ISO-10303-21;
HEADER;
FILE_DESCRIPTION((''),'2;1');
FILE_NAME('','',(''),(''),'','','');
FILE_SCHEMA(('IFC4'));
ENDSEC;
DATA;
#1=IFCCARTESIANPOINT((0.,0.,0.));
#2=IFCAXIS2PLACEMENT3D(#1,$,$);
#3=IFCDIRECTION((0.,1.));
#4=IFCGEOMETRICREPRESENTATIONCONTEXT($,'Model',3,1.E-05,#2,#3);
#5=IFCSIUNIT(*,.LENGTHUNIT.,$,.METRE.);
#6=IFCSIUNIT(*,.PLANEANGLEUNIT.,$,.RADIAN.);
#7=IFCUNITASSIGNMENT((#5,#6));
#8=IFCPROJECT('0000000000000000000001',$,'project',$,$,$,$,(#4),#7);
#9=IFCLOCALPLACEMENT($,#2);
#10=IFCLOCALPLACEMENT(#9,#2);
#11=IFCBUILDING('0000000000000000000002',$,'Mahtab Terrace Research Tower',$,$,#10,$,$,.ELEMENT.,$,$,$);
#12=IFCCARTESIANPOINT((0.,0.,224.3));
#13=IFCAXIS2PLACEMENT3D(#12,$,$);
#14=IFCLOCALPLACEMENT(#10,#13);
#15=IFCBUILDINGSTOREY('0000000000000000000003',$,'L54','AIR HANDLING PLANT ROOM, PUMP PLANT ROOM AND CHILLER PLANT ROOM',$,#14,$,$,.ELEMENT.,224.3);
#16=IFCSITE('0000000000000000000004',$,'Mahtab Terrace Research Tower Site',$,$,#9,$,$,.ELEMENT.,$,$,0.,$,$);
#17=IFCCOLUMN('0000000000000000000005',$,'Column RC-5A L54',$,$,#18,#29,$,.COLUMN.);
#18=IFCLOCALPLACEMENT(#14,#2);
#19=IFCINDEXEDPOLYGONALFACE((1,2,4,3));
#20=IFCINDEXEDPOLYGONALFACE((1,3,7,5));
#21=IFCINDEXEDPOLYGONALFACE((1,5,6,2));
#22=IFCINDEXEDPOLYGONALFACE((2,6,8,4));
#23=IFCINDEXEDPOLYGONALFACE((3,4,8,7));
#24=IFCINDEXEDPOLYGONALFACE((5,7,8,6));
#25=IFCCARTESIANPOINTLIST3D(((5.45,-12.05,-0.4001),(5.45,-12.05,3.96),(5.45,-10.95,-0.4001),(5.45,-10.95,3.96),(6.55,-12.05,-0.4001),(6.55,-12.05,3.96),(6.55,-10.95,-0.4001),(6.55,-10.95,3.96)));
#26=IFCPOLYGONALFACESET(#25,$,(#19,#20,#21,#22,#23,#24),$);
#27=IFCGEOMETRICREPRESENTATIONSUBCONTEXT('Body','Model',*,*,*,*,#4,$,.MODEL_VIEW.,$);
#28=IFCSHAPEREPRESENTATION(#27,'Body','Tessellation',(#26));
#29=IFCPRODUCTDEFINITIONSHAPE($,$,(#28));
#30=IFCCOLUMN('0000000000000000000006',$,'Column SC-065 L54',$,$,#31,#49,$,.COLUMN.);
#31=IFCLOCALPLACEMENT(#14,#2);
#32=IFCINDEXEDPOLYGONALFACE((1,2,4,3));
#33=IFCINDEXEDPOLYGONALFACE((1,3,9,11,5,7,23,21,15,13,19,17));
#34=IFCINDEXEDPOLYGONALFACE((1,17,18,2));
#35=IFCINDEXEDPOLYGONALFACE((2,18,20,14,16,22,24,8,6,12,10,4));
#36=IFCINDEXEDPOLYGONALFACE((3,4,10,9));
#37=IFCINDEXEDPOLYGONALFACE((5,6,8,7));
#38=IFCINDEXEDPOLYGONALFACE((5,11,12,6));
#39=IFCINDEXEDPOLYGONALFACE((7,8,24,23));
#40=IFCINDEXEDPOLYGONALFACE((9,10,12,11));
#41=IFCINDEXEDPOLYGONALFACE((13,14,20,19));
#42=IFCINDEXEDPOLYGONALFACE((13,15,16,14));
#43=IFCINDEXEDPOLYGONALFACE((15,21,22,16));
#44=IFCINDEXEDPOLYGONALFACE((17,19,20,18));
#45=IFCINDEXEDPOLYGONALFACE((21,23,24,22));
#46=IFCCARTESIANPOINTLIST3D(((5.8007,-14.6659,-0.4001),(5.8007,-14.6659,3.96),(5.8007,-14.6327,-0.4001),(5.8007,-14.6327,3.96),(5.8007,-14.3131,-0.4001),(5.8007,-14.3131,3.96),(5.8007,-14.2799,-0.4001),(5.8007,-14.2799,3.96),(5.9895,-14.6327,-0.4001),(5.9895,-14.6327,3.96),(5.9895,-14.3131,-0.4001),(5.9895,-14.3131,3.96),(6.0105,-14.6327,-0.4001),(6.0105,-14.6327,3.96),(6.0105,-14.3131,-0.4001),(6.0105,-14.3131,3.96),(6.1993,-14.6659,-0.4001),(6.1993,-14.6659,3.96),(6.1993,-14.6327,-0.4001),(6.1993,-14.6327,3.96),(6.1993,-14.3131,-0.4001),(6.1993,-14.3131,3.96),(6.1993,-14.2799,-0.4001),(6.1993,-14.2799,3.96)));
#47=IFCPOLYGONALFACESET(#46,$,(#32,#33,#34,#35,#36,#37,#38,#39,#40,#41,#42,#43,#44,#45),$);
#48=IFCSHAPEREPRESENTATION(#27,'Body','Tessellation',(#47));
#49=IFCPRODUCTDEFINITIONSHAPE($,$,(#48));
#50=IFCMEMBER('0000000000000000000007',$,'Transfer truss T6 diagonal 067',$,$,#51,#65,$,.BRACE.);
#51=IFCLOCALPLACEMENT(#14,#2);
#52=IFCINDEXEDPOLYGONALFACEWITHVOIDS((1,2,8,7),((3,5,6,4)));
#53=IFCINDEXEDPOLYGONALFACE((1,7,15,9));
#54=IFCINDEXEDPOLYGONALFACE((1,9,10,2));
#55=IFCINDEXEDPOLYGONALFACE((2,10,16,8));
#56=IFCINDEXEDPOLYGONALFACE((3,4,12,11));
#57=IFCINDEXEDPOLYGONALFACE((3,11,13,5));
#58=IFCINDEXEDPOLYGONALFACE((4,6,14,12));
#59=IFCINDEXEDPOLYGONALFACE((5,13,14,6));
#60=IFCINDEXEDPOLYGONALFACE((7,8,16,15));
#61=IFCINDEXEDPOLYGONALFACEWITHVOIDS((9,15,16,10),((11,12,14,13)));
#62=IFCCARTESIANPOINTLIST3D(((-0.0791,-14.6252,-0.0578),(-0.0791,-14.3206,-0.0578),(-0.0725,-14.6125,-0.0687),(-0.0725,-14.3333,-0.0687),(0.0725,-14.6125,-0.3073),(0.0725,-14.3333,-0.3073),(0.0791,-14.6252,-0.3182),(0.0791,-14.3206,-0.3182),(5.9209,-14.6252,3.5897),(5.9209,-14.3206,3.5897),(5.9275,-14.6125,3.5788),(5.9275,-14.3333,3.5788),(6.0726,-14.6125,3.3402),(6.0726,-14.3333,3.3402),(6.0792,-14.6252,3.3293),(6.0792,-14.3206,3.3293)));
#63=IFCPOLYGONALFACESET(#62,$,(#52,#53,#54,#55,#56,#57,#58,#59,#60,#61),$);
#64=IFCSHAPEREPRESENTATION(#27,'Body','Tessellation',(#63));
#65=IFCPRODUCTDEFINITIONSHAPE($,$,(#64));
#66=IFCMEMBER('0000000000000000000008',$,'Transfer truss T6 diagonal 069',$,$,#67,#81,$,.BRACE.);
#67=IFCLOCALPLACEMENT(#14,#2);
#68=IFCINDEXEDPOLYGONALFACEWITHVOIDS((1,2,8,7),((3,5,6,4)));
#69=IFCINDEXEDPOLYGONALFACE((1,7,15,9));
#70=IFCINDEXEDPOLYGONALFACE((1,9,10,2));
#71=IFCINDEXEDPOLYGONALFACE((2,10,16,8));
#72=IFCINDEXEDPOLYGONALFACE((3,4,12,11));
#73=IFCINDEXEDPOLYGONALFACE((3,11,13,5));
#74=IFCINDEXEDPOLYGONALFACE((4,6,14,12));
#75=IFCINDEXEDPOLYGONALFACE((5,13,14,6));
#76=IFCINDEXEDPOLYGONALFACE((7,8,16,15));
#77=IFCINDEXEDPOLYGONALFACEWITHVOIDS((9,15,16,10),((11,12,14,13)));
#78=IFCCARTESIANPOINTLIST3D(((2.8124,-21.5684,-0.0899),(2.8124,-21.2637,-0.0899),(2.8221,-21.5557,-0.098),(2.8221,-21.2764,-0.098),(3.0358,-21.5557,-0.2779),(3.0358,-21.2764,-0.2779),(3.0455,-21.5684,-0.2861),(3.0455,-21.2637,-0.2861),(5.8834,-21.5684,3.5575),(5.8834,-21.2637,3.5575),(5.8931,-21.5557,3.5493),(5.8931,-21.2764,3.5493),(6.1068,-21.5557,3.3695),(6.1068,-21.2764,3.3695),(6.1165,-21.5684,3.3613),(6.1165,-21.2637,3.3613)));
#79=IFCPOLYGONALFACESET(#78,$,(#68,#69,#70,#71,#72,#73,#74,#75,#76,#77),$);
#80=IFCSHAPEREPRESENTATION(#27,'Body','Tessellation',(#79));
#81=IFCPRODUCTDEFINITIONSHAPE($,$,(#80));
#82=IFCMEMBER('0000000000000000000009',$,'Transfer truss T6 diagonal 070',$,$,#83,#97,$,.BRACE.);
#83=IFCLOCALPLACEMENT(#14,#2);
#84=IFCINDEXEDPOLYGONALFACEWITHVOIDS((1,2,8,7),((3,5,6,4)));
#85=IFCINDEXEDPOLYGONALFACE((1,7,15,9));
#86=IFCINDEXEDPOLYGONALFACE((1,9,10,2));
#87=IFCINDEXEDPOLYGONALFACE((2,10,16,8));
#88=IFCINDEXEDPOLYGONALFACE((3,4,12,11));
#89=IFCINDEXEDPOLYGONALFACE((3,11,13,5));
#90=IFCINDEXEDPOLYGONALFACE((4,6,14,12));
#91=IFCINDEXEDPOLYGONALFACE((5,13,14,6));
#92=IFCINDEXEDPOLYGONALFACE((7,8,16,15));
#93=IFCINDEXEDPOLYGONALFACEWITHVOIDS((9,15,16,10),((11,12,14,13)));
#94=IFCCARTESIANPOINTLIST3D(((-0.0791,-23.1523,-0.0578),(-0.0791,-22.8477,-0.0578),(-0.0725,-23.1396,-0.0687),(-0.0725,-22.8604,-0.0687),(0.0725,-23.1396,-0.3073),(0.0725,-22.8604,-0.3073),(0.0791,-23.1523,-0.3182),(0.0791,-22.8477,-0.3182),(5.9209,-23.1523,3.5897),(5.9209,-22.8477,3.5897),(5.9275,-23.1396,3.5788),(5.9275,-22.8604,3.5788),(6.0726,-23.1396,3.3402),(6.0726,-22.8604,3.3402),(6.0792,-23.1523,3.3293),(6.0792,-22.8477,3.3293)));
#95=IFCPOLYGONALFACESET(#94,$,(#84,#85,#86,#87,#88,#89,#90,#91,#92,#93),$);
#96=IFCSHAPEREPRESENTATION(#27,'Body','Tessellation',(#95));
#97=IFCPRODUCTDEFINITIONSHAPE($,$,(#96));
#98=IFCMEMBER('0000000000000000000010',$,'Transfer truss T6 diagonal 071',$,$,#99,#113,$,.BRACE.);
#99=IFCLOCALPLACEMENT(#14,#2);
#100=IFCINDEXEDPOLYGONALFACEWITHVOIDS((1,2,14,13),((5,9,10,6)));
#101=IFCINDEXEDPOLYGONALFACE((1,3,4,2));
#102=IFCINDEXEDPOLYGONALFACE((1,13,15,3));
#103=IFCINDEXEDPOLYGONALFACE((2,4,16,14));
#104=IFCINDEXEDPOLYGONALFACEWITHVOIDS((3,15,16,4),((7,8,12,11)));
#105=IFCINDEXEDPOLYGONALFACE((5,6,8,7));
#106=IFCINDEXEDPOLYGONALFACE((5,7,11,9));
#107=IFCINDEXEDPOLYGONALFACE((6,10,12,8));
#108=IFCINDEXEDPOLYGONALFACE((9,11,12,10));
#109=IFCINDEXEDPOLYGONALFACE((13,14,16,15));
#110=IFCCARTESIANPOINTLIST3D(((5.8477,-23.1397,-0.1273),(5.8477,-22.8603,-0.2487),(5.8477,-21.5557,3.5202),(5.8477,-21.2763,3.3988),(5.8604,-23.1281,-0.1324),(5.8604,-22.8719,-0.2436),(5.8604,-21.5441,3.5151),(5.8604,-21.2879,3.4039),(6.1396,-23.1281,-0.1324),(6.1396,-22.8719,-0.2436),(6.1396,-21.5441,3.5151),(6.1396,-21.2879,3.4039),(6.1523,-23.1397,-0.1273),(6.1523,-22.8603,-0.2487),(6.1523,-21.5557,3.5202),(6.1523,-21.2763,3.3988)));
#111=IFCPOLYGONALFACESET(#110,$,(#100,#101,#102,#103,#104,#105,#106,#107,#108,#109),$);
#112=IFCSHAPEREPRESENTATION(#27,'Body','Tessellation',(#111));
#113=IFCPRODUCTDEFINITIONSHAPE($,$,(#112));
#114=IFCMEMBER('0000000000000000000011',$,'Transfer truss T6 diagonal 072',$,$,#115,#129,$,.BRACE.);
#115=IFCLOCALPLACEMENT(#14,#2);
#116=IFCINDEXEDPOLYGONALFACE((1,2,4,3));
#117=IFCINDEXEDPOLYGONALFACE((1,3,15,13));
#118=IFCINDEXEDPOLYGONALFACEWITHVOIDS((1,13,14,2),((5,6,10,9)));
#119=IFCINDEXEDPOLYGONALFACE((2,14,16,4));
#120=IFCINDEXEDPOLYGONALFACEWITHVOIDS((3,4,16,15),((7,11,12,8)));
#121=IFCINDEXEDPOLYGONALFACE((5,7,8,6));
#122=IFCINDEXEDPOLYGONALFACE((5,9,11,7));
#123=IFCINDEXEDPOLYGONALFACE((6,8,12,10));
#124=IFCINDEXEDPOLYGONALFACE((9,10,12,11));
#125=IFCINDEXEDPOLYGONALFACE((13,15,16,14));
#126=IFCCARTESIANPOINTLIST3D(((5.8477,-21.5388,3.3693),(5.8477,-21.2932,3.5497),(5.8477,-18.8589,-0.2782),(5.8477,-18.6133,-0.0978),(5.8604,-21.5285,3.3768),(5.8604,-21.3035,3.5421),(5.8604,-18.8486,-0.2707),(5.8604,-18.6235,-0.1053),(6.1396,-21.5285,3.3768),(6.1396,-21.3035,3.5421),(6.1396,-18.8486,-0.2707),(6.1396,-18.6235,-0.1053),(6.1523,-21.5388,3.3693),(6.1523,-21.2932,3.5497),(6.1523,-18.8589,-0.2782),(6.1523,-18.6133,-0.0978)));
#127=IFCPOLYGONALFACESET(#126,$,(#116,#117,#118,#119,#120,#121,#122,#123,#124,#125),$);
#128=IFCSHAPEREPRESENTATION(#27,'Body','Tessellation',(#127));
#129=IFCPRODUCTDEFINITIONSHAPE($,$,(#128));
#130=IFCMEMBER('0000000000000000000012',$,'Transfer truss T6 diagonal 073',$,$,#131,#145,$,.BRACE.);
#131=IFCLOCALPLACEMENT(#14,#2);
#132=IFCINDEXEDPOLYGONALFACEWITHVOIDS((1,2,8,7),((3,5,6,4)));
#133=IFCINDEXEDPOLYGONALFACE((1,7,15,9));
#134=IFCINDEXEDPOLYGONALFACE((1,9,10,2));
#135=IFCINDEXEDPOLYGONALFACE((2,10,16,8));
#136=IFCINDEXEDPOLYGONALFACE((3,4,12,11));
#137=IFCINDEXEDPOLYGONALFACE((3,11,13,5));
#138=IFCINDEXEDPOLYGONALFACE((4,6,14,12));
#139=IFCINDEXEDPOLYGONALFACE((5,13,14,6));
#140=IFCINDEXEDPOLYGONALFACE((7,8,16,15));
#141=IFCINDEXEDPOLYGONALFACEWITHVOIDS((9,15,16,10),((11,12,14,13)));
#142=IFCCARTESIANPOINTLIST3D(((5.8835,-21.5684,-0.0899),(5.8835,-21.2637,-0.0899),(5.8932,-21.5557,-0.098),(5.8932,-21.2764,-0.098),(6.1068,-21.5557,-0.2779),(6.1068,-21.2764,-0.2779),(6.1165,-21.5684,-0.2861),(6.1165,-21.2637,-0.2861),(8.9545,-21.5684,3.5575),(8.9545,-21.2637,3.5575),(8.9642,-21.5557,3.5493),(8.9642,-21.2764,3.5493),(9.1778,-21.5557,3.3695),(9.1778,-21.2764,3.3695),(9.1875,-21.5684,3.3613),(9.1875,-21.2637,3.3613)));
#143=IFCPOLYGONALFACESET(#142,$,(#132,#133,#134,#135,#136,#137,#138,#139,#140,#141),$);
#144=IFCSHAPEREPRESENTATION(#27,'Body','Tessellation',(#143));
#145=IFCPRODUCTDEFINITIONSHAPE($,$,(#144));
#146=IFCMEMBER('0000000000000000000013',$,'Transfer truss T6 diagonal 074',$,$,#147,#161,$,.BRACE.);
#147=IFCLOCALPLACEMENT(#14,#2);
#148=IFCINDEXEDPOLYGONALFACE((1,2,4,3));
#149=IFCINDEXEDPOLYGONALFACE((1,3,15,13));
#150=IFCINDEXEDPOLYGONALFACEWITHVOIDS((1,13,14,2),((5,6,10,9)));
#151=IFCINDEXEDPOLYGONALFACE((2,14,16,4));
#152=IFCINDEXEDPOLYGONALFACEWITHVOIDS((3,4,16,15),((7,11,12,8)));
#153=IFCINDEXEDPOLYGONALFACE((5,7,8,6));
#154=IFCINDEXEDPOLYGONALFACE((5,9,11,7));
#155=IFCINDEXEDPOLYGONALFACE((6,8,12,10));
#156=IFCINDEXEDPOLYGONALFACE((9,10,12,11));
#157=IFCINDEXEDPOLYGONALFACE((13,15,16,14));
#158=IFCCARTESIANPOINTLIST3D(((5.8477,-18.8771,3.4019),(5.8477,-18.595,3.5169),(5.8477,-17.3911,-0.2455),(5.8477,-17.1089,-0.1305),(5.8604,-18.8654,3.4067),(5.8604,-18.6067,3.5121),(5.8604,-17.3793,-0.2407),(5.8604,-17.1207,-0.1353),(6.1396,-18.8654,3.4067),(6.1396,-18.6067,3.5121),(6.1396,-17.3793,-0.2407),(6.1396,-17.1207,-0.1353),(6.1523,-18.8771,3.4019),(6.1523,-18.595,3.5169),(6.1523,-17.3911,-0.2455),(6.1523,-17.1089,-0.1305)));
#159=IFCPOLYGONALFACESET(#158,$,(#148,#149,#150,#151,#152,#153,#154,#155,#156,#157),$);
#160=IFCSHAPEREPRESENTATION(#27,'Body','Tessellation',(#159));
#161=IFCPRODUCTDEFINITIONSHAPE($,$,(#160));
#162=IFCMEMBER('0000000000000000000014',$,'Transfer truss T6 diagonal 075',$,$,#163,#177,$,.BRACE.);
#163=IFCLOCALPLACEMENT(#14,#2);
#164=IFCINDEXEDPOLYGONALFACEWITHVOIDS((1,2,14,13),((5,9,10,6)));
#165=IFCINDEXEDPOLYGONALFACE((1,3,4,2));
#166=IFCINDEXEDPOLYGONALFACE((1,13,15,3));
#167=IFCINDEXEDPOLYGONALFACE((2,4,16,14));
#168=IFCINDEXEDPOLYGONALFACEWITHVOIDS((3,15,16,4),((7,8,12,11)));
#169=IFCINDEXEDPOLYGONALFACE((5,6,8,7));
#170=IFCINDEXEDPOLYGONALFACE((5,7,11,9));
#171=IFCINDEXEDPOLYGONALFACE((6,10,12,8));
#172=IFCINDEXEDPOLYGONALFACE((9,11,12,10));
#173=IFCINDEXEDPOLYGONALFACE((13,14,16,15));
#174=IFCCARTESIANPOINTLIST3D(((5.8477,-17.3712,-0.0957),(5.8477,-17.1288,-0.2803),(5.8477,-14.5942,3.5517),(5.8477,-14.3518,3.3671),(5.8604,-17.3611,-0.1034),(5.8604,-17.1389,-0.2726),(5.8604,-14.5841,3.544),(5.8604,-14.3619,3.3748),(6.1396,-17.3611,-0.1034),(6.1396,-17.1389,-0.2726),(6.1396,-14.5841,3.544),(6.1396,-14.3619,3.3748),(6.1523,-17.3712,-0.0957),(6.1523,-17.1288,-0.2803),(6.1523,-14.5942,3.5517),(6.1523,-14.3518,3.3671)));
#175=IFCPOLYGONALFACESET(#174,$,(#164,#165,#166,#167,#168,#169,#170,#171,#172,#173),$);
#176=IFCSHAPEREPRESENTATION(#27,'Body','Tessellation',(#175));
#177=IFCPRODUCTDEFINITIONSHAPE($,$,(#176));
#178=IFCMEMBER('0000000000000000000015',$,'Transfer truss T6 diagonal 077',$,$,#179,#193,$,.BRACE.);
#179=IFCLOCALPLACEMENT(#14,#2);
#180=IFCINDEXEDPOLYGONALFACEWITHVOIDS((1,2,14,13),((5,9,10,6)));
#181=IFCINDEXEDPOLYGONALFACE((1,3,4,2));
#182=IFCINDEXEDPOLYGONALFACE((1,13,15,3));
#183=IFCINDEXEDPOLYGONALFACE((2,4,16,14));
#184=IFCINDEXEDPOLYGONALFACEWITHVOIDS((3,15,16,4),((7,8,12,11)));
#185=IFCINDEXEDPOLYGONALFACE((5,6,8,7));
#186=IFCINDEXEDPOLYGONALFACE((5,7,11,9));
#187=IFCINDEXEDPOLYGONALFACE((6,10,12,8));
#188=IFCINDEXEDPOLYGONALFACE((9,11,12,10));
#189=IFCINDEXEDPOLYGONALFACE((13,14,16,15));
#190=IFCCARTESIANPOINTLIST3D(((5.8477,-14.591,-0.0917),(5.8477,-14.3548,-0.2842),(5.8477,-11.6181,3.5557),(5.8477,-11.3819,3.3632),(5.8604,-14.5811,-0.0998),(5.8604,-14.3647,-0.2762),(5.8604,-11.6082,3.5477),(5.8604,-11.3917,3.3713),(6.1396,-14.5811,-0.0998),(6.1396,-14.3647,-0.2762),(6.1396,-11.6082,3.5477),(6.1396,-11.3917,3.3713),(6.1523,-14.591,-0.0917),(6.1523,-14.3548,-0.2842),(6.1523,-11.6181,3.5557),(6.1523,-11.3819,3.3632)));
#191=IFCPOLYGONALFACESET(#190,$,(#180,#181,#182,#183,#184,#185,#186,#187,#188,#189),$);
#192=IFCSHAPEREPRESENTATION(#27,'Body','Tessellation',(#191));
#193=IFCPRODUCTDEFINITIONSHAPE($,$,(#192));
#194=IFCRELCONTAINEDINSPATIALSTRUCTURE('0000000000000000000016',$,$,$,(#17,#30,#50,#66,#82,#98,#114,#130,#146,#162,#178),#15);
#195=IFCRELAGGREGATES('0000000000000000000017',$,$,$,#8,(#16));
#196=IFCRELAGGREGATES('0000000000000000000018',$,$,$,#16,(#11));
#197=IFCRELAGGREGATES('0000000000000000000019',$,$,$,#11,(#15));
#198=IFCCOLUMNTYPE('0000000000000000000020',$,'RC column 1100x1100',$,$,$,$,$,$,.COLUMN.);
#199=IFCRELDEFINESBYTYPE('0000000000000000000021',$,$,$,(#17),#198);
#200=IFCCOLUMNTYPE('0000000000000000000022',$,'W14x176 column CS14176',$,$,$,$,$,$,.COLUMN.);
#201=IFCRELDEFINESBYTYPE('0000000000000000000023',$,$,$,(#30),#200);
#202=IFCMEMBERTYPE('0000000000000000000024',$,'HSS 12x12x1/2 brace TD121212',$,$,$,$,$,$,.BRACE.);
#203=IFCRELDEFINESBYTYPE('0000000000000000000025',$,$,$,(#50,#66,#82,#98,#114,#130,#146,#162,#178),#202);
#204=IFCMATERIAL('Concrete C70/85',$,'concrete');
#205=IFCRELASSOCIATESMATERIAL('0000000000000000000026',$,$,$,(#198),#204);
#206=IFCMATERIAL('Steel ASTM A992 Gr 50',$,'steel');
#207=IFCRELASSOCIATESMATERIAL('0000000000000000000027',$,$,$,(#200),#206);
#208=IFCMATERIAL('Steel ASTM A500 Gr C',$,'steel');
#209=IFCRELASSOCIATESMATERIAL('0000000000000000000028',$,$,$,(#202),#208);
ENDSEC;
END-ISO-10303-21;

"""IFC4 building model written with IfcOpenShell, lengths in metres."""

from ifc_helpers import new_model, si_unit, direction, frame, origin, origin_2d, place, context, subcontext, project, spatial, rectangle, hollow_rectangle, i_section, extrude, material, material_profile, profile_set, type_object, element, save


model = new_model("IFC4")

# Units and contexts
model_context = context("Model", 3, precision=1e-05, world=origin(), true_north=direction((0.0, 1.0)))
body_context = subcontext(model_context, "Body", "Model", "MODEL_VIEW")
ifc_project = project(units=[si_unit("LENGTHUNIT", "METRE"), si_unit("PLANEANGLEUNIT", "RADIAN")], contexts=[model_context])

# Site, building, storey
site_placement = place(None, origin())
site = spatial("IfcSite", under=ifc_project, at=site_placement, Name="Mahtab Terrace Research Tower Site", CompositionType="ELEMENT", RefElevation=0.0)
building_placement = place(site_placement, origin())
building = spatial("IfcBuilding", under=site, at=building_placement, Name="Mahtab Terrace Research Tower", CompositionType="ELEMENT")
storey_placement = place(building_placement, frame((0.0, 0.0, 224.3)))
storey = spatial("IfcBuildingStorey", under=building, at=storey_placement, Name="L54", Description="AIR HANDLING PLANT ROOM, PUMP PLANT ROOM AND CHILLER PLANT ROOM", CompositionType="ELEMENT", Elevation=224.3)

# Columns
ifc_material_1 = material(Name="Concrete C70/85", Category="concrete")
ifc_material_profile_1 = material_profile(ifc_material_1, rectangle(XDim=1.1001, YDim=1.1001, at=origin_2d()), Name="RC column 1100x1100")
ifc_profile_set_1 = profile_set([ifc_material_profile_1], Name="Concrete C70/85")
column_type_1 = type_object("IfcColumnType", Name="RC column 1100x1100", PredefinedType="COLUMN", material=ifc_profile_set_1)
column_1_placement = place(storey_placement, frame((6.0, -11.5, -0.4001), z_axis=(0.0, 0.0, 1.0), x_axis=(1.0, 0.0, 0.0)))
element("IfcColumn", 1, at=column_1_placement, inside=storey, type_object=column_type_1, Name="Column RC-5A L54", PredefinedType="COLUMN", context=body_context, shape_type="SweptSolid", body=[
    extrude(rectangle(XDim=1.1001, YDim=1.1001, at=origin_2d()), origin(), (0.0, 0.0, 1.0), 4.3601),
])
ifc_material_2 = material(Name="Steel ASTM A992 Gr 50", Category="steel")
ifc_material_profile_2 = material_profile(ifc_material_2, i_section(OverallWidth=0.3987, OverallDepth=0.386, WebThickness=0.021, FlangeThickness=0.0332, at=origin_2d()), Name="W14X176")
ifc_profile_set_2 = profile_set([ifc_material_profile_2], Name="Steel ASTM A992 Gr 50")
column_type_2 = type_object("IfcColumnType", Name="W14x176 column CS14176", PredefinedType="COLUMN", material=ifc_profile_set_2)
column_2_placement = place(storey_placement, frame((6.0, -14.4729, -0.4001), z_axis=(0.0, 0.0, 1.0), x_axis=(1.0, 0.0, 0.0)))
element("IfcColumn", 2, at=column_2_placement, inside=storey, type_object=column_type_2, Name="Column SC-065 L54", PredefinedType="COLUMN", context=body_context, shape_type="SweptSolid", body=[
    extrude(i_section(OverallWidth=0.3987, OverallDepth=0.386, WebThickness=0.021, FlangeThickness=0.0332, at=origin_2d()), origin(), (0.0, 0.0, 1.0), 4.3601),
])

# Members
ifc_material_3 = material(Name="Steel ASTM A500 Gr C", Category="steel")
ifc_material_profile_3 = material_profile(ifc_material_3, hollow_rectangle(XDim=0.3047, YDim=0.3047, WallThickness=0.0127, at=origin_2d()), Name="HSS12X12X1/2")
ifc_profile_set_3 = profile_set([ifc_material_profile_3], Name="Steel ASTM A500 Gr C")
member_type_1 = type_object("IfcMemberType", Name="HSS 12x12x1/2 brace TD121212", PredefinedType="BRACE", material=ifc_profile_set_3)
member_1_placement = place(storey_placement, frame((0.0, -14.4729, -0.188), z_axis=(0.854497, 0.0, 0.519457), x_axis=(0.0, 1.0, 0.0)))
element("IfcMember", 3, at=member_1_placement, inside=storey, type_object=member_type_1, Name="Transfer truss T6 diagonal 067", PredefinedType="BRACE", context=body_context, shape_type="SweptSolid", body=[
    extrude(hollow_rectangle(XDim=0.3047, YDim=0.3047, WallThickness=0.0127, at=origin_2d()), origin(), (0.0, 0.0, 1.0), 7.0217),
])
member_2_placement = place(storey_placement, frame((2.929, -21.416, -0.188), z_axis=(0.644074, 0.0, 0.764963), x_axis=(0.0, 1.0, 0.0)))
element("IfcMember", 4, at=member_2_placement, inside=storey, type_object=member_type_1, Name="Transfer truss T6 diagonal 069", PredefinedType="BRACE", context=body_context, shape_type="SweptSolid", body=[
    extrude(hollow_rectangle(XDim=0.3047, YDim=0.3047, WallThickness=0.0127, at=origin_2d()), origin(), (0.0, 0.0, 1.0), 4.7681),
])
member_3_placement = place(storey_placement, frame((0.0, -23.0, -0.188), z_axis=(0.854497, 0.0, 0.519457), x_axis=(0.0, 1.0, 0.0)))
element("IfcMember", 5, at=member_3_placement, inside=storey, type_object=member_type_1, Name="Transfer truss T6 diagonal 070", PredefinedType="BRACE", context=body_context, shape_type="SweptSolid", body=[
    extrude(hollow_rectangle(XDim=0.3047, YDim=0.3047, WallThickness=0.0127, at=origin_2d()), origin(), (0.0, 0.0, 1.0), 7.0217),
])
member_4_placement = place(storey_placement, frame((6.0, -23.0, -0.188), z_axis=(0.0, 0.398331, 0.917242), x_axis=(-1.0, 0.0, 0.0)))
element("IfcMember", 6, at=member_4_placement, inside=storey, type_object=member_type_1, Name="Transfer truss T6 diagonal 071", PredefinedType="BRACE", context=body_context, shape_type="SweptSolid", body=[
    extrude(hollow_rectangle(XDim=0.3047, YDim=0.3047, WallThickness=0.0127, at=origin_2d()), origin(), (0.0, 0.0, 1.0), 3.9766),
])
member_5_placement = place(storey_placement, frame((6.0, -18.7361, -0.188), z_axis=(0.0, -0.5921, 0.805864), x_axis=(1.0, 0.0, 0.0)))
element("IfcMember", 7, at=member_5_placement, inside=storey, type_object=member_type_1, Name="Transfer truss T6 diagonal 072", PredefinedType="BRACE", context=body_context, shape_type="SweptSolid", body=[
    extrude(hollow_rectangle(XDim=0.3047, YDim=0.3047, WallThickness=0.0127, at=origin_2d()), origin(), (0.0, 0.0, 1.0), 4.5261),
])
member_6_placement = place(storey_placement, frame((6.0, -21.416, -0.188), z_axis=(0.644074, 0.0, 0.764963), x_axis=(0.0, 1.0, 0.0)))
element("IfcMember", 8, at=member_6_placement, inside=storey, type_object=member_type_1, Name="Transfer truss T6 diagonal 073", PredefinedType="BRACE", context=body_context, shape_type="SweptSolid", body=[
    extrude(hollow_rectangle(XDim=0.3047, YDim=0.3047, WallThickness=0.0127, at=origin_2d()), origin(), (0.0, 0.0, 1.0), 4.7681),
])
member_7_placement = place(storey_placement, frame((6.0, -17.25, -0.188), z_axis=(0.0, -0.377315, 0.926085), x_axis=(1.0, 0.0, 0.0)))
element("IfcMember", 9, at=member_7_placement, inside=storey, type_object=member_type_1, Name="Transfer truss T6 diagonal 074", PredefinedType="BRACE", context=body_context, shape_type="SweptSolid", body=[
    extrude(hollow_rectangle(XDim=0.3047, YDim=0.3047, WallThickness=0.0127, at=origin_2d()), origin(), (0.0, 0.0, 1.0), 3.9385),
])
member_8_placement = place(storey_placement, frame((6.0, -17.25, -0.188), z_axis=(0.0, 0.605778, 0.795633), x_axis=(-1.0, 0.0, 0.0)))
element("IfcMember", 10, at=member_8_placement, inside=storey, type_object=member_type_1, Name="Transfer truss T6 diagonal 075", PredefinedType="BRACE", context=body_context, shape_type="SweptSolid", body=[
    extrude(hollow_rectangle(XDim=0.3047, YDim=0.3047, WallThickness=0.0127, at=origin_2d()), origin(), (0.0, 0.0, 1.0), 4.5842),
])
member_9_placement = place(storey_placement, frame((6.0, -14.4729, -0.188), z_axis=(0.0, 0.631787, 0.775142), x_axis=(-1.0, 0.0, 0.0)))
element("IfcMember", 11, at=member_9_placement, inside=storey, type_object=member_type_1, Name="Transfer truss T6 diagonal 077", PredefinedType="BRACE", context=body_context, shape_type="SweptSolid", body=[
    extrude(hollow_rectangle(XDim=0.3047, YDim=0.3047, WallThickness=0.0127, at=origin_2d()), origin(), (0.0, 0.0, 1.0), 4.7056),
])

save(model, "model.ifc")
